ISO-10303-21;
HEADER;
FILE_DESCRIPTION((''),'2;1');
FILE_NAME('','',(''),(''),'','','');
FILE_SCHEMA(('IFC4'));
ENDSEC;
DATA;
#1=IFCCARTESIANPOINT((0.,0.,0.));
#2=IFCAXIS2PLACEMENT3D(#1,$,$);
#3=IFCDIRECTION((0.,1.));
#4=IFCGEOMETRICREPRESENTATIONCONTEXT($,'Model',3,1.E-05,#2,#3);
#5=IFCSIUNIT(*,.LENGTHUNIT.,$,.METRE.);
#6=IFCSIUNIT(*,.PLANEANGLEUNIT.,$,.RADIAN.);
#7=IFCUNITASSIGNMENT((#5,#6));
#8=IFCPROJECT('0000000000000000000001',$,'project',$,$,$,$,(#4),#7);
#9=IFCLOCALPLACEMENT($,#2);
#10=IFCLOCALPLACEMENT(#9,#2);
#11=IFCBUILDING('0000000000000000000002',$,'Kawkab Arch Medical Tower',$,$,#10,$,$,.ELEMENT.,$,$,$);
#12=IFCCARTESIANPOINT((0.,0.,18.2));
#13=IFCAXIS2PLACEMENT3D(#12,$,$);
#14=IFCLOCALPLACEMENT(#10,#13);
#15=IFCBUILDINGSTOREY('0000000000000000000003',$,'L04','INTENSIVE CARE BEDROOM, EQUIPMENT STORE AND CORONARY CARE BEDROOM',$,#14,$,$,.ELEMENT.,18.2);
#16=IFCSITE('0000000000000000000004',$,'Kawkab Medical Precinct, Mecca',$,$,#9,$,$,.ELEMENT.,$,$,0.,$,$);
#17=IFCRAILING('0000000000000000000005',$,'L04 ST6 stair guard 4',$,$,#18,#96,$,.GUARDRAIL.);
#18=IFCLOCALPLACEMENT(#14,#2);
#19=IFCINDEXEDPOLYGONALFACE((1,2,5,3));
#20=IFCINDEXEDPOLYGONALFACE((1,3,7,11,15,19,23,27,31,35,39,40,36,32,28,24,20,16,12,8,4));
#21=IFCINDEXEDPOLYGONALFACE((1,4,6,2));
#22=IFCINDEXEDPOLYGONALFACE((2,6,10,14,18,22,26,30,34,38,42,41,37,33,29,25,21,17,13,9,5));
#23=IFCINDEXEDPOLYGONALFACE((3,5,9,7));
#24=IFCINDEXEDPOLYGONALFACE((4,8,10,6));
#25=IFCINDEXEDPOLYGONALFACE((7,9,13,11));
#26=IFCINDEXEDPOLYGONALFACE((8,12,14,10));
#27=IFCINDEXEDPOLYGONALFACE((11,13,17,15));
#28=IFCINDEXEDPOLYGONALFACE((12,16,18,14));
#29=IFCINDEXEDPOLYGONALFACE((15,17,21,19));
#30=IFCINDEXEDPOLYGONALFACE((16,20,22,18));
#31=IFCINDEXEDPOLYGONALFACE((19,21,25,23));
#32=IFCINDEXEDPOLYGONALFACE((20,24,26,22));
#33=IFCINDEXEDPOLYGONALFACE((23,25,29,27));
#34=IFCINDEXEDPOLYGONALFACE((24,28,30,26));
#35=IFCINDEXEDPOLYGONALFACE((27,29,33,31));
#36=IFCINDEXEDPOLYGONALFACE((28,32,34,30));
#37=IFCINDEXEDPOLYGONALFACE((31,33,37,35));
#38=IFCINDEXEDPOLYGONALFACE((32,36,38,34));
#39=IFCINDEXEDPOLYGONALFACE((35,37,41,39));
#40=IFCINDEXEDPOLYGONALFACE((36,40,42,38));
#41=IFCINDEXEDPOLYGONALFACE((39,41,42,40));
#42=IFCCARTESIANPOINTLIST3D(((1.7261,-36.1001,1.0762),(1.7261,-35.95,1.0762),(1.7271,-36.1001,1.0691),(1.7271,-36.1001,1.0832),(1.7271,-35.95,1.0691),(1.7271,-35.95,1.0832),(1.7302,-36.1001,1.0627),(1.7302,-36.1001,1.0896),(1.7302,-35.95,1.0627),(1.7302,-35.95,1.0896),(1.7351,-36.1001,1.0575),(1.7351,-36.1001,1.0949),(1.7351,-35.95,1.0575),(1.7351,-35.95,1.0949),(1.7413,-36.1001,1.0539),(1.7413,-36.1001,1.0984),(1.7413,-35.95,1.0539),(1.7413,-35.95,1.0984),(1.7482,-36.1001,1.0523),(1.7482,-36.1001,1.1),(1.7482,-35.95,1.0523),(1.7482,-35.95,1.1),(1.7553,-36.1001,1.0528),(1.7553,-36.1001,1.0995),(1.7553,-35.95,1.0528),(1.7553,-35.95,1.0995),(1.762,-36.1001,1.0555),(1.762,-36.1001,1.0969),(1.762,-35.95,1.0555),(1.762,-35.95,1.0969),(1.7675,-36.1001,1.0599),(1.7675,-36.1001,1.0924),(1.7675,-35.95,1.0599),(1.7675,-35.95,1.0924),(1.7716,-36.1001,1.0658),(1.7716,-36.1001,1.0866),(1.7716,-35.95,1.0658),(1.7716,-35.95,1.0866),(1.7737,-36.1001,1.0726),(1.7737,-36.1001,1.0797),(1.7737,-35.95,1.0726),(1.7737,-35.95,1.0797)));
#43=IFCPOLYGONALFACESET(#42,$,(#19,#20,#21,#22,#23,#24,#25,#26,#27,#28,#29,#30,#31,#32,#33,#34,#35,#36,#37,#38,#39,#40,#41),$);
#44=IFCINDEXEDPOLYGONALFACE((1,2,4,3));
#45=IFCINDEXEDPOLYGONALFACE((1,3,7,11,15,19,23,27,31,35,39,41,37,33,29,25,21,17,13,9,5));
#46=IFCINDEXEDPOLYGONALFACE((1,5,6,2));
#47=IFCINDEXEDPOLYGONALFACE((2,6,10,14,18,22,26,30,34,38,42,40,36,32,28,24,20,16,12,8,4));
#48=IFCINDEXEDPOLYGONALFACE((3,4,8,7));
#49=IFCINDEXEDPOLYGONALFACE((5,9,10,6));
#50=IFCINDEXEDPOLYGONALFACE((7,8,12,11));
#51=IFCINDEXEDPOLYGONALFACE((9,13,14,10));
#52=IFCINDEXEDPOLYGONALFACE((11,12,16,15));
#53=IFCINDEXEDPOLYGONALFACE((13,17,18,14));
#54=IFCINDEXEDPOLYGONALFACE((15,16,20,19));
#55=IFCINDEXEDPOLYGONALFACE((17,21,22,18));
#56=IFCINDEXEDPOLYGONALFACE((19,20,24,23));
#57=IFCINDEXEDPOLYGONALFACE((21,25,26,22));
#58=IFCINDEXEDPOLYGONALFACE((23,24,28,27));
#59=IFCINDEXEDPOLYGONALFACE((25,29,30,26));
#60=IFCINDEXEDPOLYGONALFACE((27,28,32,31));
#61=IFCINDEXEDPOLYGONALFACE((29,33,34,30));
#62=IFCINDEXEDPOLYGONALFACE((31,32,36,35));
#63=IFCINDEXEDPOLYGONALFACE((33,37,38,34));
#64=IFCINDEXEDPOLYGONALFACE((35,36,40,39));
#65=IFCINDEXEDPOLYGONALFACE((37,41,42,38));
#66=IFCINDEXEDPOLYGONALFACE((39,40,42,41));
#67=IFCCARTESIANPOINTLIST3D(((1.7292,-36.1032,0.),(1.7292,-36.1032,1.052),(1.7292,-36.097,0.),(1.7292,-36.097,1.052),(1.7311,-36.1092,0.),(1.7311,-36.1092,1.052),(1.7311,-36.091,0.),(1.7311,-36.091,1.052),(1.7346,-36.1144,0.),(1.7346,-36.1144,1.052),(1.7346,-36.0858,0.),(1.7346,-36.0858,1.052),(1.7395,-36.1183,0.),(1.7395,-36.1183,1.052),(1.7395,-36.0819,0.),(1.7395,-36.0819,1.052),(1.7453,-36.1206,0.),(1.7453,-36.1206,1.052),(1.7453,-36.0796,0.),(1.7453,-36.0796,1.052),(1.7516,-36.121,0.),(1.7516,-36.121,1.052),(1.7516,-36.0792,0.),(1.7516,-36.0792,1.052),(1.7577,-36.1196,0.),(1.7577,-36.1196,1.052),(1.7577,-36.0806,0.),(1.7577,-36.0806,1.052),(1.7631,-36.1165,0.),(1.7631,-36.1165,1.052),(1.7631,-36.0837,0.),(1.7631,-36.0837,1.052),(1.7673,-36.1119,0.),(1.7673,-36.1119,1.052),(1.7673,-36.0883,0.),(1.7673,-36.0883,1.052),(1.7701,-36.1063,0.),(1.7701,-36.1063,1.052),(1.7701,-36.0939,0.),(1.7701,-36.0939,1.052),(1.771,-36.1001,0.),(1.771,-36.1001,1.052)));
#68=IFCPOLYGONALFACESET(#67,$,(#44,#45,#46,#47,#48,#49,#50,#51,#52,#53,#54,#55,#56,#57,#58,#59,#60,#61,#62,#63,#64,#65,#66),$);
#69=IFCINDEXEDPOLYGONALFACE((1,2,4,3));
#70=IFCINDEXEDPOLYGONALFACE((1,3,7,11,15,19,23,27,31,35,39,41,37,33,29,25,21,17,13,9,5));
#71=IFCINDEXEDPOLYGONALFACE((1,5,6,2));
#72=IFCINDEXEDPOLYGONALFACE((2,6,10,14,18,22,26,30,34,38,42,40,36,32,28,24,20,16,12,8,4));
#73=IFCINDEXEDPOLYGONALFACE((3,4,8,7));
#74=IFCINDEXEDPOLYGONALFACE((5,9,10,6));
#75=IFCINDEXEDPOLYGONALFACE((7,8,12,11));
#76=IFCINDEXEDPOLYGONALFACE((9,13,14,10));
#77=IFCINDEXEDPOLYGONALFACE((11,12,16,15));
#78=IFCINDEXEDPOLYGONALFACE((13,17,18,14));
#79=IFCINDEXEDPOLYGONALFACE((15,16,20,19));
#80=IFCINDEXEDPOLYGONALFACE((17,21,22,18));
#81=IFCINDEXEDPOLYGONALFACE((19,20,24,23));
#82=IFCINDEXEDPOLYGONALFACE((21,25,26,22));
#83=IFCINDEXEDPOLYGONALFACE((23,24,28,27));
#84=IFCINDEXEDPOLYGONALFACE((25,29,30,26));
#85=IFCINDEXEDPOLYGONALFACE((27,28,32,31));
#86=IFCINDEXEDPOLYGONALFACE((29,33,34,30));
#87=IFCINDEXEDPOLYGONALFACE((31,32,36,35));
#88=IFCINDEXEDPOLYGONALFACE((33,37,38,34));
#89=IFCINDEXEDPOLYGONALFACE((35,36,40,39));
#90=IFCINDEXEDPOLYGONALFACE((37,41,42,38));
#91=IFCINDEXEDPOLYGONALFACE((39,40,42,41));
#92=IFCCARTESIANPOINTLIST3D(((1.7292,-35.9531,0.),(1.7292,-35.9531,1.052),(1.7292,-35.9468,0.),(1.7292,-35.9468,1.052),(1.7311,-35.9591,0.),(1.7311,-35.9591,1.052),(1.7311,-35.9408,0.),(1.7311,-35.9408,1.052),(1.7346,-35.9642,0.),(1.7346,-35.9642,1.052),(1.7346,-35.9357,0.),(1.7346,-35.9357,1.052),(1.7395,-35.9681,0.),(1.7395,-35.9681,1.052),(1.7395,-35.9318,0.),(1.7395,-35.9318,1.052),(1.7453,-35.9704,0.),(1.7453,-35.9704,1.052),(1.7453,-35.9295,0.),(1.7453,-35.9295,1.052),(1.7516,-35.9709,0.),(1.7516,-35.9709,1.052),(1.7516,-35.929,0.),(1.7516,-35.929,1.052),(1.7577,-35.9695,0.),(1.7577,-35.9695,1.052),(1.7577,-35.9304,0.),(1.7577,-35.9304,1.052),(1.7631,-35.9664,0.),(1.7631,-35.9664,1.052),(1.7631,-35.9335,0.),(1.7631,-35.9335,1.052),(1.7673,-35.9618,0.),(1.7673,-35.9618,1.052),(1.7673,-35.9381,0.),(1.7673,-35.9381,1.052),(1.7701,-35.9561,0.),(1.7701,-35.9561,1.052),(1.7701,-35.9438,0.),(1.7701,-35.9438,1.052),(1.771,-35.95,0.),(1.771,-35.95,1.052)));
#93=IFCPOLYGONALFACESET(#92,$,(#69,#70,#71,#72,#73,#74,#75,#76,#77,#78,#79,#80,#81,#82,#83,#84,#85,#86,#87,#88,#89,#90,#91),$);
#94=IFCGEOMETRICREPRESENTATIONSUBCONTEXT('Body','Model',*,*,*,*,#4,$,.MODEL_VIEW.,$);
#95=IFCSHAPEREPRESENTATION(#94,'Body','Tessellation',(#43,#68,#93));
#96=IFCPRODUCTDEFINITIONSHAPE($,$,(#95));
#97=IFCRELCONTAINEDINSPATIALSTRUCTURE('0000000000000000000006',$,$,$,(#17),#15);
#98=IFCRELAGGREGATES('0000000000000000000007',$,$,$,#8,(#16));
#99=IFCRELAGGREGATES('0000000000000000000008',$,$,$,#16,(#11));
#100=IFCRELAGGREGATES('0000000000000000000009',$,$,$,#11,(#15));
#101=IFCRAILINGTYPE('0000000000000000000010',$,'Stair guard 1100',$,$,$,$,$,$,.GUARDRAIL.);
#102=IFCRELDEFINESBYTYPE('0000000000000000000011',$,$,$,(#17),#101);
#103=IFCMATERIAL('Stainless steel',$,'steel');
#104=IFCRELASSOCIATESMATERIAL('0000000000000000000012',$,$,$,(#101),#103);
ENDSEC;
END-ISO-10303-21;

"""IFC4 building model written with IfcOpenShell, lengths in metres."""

from ifc_helpers import new_model, si_unit, direction, frame, origin, origin_2d, place, context, subcontext, project, spatial, circle, extrude, material, type_object, element, save


model = new_model("IFC4")

# Units and contexts
model_context = context("Model", 3, precision=1e-05, world=origin(), true_north=direction((0.0, 1.0)))
body_context = subcontext(model_context, "Body", "Model", "MODEL_VIEW")
ifc_project = project(units=[si_unit("LENGTHUNIT", "METRE"), si_unit("PLANEANGLEUNIT", "RADIAN")], contexts=[model_context])

# Site, building, storey
site_placement = place(None, origin())
site = spatial("IfcSite", under=ifc_project, at=site_placement, Name="Kawkab Medical Precinct, Mecca", CompositionType="ELEMENT", RefElevation=0.0)
building_placement = place(site_placement, origin())
building = spatial("IfcBuilding", under=site, at=building_placement, Name="Kawkab Arch Medical Tower", CompositionType="ELEMENT")
storey_placement = place(building_placement, frame((0.0, 0.0, 18.2)))
storey = spatial("IfcBuildingStorey", under=building, at=storey_placement, Name="L04", Description="INTENSIVE CARE BEDROOM, EQUIPMENT STORE AND CORONARY CARE BEDROOM", CompositionType="ELEMENT", Elevation=18.2)

# Railing
ifc_material_1 = material(Name="Stainless steel", Category="steel")
railing_type = type_object("IfcRailingType", Name="Stair guard 1100", PredefinedType="GUARDRAIL", material=ifc_material_1)
railing_1_placement = place(storey_placement, frame((1.75, -36.1001, 0.0)))
element("IfcRailing", 1, at=railing_1_placement, inside=storey, type_object=railing_type, Name="L04 ST6 stair guard 4", PredefinedType="GUARDRAIL", context=body_context, shape_type="SweptSolid", body=[
    extrude(circle(Radius=0.0239, at=origin_2d()), frame((0.0, 0.0, 1.0762), z_axis=(0.0, 1.0, 0.0), x_axis=(-1.0, 0.0, 0.0)), (0.0, 0.0, 1.0), 0.1501),
    extrude(circle(Radius=0.021, at=origin_2d()), origin(), (0.0, 0.0, 1.0), 1.052),
    extrude(circle(Radius=0.021, at=origin_2d()), frame((0.0, 0.1501, 0.0)), (0.0, 0.0, 1.0), 1.052),
])

save(model, "model.ifc")
